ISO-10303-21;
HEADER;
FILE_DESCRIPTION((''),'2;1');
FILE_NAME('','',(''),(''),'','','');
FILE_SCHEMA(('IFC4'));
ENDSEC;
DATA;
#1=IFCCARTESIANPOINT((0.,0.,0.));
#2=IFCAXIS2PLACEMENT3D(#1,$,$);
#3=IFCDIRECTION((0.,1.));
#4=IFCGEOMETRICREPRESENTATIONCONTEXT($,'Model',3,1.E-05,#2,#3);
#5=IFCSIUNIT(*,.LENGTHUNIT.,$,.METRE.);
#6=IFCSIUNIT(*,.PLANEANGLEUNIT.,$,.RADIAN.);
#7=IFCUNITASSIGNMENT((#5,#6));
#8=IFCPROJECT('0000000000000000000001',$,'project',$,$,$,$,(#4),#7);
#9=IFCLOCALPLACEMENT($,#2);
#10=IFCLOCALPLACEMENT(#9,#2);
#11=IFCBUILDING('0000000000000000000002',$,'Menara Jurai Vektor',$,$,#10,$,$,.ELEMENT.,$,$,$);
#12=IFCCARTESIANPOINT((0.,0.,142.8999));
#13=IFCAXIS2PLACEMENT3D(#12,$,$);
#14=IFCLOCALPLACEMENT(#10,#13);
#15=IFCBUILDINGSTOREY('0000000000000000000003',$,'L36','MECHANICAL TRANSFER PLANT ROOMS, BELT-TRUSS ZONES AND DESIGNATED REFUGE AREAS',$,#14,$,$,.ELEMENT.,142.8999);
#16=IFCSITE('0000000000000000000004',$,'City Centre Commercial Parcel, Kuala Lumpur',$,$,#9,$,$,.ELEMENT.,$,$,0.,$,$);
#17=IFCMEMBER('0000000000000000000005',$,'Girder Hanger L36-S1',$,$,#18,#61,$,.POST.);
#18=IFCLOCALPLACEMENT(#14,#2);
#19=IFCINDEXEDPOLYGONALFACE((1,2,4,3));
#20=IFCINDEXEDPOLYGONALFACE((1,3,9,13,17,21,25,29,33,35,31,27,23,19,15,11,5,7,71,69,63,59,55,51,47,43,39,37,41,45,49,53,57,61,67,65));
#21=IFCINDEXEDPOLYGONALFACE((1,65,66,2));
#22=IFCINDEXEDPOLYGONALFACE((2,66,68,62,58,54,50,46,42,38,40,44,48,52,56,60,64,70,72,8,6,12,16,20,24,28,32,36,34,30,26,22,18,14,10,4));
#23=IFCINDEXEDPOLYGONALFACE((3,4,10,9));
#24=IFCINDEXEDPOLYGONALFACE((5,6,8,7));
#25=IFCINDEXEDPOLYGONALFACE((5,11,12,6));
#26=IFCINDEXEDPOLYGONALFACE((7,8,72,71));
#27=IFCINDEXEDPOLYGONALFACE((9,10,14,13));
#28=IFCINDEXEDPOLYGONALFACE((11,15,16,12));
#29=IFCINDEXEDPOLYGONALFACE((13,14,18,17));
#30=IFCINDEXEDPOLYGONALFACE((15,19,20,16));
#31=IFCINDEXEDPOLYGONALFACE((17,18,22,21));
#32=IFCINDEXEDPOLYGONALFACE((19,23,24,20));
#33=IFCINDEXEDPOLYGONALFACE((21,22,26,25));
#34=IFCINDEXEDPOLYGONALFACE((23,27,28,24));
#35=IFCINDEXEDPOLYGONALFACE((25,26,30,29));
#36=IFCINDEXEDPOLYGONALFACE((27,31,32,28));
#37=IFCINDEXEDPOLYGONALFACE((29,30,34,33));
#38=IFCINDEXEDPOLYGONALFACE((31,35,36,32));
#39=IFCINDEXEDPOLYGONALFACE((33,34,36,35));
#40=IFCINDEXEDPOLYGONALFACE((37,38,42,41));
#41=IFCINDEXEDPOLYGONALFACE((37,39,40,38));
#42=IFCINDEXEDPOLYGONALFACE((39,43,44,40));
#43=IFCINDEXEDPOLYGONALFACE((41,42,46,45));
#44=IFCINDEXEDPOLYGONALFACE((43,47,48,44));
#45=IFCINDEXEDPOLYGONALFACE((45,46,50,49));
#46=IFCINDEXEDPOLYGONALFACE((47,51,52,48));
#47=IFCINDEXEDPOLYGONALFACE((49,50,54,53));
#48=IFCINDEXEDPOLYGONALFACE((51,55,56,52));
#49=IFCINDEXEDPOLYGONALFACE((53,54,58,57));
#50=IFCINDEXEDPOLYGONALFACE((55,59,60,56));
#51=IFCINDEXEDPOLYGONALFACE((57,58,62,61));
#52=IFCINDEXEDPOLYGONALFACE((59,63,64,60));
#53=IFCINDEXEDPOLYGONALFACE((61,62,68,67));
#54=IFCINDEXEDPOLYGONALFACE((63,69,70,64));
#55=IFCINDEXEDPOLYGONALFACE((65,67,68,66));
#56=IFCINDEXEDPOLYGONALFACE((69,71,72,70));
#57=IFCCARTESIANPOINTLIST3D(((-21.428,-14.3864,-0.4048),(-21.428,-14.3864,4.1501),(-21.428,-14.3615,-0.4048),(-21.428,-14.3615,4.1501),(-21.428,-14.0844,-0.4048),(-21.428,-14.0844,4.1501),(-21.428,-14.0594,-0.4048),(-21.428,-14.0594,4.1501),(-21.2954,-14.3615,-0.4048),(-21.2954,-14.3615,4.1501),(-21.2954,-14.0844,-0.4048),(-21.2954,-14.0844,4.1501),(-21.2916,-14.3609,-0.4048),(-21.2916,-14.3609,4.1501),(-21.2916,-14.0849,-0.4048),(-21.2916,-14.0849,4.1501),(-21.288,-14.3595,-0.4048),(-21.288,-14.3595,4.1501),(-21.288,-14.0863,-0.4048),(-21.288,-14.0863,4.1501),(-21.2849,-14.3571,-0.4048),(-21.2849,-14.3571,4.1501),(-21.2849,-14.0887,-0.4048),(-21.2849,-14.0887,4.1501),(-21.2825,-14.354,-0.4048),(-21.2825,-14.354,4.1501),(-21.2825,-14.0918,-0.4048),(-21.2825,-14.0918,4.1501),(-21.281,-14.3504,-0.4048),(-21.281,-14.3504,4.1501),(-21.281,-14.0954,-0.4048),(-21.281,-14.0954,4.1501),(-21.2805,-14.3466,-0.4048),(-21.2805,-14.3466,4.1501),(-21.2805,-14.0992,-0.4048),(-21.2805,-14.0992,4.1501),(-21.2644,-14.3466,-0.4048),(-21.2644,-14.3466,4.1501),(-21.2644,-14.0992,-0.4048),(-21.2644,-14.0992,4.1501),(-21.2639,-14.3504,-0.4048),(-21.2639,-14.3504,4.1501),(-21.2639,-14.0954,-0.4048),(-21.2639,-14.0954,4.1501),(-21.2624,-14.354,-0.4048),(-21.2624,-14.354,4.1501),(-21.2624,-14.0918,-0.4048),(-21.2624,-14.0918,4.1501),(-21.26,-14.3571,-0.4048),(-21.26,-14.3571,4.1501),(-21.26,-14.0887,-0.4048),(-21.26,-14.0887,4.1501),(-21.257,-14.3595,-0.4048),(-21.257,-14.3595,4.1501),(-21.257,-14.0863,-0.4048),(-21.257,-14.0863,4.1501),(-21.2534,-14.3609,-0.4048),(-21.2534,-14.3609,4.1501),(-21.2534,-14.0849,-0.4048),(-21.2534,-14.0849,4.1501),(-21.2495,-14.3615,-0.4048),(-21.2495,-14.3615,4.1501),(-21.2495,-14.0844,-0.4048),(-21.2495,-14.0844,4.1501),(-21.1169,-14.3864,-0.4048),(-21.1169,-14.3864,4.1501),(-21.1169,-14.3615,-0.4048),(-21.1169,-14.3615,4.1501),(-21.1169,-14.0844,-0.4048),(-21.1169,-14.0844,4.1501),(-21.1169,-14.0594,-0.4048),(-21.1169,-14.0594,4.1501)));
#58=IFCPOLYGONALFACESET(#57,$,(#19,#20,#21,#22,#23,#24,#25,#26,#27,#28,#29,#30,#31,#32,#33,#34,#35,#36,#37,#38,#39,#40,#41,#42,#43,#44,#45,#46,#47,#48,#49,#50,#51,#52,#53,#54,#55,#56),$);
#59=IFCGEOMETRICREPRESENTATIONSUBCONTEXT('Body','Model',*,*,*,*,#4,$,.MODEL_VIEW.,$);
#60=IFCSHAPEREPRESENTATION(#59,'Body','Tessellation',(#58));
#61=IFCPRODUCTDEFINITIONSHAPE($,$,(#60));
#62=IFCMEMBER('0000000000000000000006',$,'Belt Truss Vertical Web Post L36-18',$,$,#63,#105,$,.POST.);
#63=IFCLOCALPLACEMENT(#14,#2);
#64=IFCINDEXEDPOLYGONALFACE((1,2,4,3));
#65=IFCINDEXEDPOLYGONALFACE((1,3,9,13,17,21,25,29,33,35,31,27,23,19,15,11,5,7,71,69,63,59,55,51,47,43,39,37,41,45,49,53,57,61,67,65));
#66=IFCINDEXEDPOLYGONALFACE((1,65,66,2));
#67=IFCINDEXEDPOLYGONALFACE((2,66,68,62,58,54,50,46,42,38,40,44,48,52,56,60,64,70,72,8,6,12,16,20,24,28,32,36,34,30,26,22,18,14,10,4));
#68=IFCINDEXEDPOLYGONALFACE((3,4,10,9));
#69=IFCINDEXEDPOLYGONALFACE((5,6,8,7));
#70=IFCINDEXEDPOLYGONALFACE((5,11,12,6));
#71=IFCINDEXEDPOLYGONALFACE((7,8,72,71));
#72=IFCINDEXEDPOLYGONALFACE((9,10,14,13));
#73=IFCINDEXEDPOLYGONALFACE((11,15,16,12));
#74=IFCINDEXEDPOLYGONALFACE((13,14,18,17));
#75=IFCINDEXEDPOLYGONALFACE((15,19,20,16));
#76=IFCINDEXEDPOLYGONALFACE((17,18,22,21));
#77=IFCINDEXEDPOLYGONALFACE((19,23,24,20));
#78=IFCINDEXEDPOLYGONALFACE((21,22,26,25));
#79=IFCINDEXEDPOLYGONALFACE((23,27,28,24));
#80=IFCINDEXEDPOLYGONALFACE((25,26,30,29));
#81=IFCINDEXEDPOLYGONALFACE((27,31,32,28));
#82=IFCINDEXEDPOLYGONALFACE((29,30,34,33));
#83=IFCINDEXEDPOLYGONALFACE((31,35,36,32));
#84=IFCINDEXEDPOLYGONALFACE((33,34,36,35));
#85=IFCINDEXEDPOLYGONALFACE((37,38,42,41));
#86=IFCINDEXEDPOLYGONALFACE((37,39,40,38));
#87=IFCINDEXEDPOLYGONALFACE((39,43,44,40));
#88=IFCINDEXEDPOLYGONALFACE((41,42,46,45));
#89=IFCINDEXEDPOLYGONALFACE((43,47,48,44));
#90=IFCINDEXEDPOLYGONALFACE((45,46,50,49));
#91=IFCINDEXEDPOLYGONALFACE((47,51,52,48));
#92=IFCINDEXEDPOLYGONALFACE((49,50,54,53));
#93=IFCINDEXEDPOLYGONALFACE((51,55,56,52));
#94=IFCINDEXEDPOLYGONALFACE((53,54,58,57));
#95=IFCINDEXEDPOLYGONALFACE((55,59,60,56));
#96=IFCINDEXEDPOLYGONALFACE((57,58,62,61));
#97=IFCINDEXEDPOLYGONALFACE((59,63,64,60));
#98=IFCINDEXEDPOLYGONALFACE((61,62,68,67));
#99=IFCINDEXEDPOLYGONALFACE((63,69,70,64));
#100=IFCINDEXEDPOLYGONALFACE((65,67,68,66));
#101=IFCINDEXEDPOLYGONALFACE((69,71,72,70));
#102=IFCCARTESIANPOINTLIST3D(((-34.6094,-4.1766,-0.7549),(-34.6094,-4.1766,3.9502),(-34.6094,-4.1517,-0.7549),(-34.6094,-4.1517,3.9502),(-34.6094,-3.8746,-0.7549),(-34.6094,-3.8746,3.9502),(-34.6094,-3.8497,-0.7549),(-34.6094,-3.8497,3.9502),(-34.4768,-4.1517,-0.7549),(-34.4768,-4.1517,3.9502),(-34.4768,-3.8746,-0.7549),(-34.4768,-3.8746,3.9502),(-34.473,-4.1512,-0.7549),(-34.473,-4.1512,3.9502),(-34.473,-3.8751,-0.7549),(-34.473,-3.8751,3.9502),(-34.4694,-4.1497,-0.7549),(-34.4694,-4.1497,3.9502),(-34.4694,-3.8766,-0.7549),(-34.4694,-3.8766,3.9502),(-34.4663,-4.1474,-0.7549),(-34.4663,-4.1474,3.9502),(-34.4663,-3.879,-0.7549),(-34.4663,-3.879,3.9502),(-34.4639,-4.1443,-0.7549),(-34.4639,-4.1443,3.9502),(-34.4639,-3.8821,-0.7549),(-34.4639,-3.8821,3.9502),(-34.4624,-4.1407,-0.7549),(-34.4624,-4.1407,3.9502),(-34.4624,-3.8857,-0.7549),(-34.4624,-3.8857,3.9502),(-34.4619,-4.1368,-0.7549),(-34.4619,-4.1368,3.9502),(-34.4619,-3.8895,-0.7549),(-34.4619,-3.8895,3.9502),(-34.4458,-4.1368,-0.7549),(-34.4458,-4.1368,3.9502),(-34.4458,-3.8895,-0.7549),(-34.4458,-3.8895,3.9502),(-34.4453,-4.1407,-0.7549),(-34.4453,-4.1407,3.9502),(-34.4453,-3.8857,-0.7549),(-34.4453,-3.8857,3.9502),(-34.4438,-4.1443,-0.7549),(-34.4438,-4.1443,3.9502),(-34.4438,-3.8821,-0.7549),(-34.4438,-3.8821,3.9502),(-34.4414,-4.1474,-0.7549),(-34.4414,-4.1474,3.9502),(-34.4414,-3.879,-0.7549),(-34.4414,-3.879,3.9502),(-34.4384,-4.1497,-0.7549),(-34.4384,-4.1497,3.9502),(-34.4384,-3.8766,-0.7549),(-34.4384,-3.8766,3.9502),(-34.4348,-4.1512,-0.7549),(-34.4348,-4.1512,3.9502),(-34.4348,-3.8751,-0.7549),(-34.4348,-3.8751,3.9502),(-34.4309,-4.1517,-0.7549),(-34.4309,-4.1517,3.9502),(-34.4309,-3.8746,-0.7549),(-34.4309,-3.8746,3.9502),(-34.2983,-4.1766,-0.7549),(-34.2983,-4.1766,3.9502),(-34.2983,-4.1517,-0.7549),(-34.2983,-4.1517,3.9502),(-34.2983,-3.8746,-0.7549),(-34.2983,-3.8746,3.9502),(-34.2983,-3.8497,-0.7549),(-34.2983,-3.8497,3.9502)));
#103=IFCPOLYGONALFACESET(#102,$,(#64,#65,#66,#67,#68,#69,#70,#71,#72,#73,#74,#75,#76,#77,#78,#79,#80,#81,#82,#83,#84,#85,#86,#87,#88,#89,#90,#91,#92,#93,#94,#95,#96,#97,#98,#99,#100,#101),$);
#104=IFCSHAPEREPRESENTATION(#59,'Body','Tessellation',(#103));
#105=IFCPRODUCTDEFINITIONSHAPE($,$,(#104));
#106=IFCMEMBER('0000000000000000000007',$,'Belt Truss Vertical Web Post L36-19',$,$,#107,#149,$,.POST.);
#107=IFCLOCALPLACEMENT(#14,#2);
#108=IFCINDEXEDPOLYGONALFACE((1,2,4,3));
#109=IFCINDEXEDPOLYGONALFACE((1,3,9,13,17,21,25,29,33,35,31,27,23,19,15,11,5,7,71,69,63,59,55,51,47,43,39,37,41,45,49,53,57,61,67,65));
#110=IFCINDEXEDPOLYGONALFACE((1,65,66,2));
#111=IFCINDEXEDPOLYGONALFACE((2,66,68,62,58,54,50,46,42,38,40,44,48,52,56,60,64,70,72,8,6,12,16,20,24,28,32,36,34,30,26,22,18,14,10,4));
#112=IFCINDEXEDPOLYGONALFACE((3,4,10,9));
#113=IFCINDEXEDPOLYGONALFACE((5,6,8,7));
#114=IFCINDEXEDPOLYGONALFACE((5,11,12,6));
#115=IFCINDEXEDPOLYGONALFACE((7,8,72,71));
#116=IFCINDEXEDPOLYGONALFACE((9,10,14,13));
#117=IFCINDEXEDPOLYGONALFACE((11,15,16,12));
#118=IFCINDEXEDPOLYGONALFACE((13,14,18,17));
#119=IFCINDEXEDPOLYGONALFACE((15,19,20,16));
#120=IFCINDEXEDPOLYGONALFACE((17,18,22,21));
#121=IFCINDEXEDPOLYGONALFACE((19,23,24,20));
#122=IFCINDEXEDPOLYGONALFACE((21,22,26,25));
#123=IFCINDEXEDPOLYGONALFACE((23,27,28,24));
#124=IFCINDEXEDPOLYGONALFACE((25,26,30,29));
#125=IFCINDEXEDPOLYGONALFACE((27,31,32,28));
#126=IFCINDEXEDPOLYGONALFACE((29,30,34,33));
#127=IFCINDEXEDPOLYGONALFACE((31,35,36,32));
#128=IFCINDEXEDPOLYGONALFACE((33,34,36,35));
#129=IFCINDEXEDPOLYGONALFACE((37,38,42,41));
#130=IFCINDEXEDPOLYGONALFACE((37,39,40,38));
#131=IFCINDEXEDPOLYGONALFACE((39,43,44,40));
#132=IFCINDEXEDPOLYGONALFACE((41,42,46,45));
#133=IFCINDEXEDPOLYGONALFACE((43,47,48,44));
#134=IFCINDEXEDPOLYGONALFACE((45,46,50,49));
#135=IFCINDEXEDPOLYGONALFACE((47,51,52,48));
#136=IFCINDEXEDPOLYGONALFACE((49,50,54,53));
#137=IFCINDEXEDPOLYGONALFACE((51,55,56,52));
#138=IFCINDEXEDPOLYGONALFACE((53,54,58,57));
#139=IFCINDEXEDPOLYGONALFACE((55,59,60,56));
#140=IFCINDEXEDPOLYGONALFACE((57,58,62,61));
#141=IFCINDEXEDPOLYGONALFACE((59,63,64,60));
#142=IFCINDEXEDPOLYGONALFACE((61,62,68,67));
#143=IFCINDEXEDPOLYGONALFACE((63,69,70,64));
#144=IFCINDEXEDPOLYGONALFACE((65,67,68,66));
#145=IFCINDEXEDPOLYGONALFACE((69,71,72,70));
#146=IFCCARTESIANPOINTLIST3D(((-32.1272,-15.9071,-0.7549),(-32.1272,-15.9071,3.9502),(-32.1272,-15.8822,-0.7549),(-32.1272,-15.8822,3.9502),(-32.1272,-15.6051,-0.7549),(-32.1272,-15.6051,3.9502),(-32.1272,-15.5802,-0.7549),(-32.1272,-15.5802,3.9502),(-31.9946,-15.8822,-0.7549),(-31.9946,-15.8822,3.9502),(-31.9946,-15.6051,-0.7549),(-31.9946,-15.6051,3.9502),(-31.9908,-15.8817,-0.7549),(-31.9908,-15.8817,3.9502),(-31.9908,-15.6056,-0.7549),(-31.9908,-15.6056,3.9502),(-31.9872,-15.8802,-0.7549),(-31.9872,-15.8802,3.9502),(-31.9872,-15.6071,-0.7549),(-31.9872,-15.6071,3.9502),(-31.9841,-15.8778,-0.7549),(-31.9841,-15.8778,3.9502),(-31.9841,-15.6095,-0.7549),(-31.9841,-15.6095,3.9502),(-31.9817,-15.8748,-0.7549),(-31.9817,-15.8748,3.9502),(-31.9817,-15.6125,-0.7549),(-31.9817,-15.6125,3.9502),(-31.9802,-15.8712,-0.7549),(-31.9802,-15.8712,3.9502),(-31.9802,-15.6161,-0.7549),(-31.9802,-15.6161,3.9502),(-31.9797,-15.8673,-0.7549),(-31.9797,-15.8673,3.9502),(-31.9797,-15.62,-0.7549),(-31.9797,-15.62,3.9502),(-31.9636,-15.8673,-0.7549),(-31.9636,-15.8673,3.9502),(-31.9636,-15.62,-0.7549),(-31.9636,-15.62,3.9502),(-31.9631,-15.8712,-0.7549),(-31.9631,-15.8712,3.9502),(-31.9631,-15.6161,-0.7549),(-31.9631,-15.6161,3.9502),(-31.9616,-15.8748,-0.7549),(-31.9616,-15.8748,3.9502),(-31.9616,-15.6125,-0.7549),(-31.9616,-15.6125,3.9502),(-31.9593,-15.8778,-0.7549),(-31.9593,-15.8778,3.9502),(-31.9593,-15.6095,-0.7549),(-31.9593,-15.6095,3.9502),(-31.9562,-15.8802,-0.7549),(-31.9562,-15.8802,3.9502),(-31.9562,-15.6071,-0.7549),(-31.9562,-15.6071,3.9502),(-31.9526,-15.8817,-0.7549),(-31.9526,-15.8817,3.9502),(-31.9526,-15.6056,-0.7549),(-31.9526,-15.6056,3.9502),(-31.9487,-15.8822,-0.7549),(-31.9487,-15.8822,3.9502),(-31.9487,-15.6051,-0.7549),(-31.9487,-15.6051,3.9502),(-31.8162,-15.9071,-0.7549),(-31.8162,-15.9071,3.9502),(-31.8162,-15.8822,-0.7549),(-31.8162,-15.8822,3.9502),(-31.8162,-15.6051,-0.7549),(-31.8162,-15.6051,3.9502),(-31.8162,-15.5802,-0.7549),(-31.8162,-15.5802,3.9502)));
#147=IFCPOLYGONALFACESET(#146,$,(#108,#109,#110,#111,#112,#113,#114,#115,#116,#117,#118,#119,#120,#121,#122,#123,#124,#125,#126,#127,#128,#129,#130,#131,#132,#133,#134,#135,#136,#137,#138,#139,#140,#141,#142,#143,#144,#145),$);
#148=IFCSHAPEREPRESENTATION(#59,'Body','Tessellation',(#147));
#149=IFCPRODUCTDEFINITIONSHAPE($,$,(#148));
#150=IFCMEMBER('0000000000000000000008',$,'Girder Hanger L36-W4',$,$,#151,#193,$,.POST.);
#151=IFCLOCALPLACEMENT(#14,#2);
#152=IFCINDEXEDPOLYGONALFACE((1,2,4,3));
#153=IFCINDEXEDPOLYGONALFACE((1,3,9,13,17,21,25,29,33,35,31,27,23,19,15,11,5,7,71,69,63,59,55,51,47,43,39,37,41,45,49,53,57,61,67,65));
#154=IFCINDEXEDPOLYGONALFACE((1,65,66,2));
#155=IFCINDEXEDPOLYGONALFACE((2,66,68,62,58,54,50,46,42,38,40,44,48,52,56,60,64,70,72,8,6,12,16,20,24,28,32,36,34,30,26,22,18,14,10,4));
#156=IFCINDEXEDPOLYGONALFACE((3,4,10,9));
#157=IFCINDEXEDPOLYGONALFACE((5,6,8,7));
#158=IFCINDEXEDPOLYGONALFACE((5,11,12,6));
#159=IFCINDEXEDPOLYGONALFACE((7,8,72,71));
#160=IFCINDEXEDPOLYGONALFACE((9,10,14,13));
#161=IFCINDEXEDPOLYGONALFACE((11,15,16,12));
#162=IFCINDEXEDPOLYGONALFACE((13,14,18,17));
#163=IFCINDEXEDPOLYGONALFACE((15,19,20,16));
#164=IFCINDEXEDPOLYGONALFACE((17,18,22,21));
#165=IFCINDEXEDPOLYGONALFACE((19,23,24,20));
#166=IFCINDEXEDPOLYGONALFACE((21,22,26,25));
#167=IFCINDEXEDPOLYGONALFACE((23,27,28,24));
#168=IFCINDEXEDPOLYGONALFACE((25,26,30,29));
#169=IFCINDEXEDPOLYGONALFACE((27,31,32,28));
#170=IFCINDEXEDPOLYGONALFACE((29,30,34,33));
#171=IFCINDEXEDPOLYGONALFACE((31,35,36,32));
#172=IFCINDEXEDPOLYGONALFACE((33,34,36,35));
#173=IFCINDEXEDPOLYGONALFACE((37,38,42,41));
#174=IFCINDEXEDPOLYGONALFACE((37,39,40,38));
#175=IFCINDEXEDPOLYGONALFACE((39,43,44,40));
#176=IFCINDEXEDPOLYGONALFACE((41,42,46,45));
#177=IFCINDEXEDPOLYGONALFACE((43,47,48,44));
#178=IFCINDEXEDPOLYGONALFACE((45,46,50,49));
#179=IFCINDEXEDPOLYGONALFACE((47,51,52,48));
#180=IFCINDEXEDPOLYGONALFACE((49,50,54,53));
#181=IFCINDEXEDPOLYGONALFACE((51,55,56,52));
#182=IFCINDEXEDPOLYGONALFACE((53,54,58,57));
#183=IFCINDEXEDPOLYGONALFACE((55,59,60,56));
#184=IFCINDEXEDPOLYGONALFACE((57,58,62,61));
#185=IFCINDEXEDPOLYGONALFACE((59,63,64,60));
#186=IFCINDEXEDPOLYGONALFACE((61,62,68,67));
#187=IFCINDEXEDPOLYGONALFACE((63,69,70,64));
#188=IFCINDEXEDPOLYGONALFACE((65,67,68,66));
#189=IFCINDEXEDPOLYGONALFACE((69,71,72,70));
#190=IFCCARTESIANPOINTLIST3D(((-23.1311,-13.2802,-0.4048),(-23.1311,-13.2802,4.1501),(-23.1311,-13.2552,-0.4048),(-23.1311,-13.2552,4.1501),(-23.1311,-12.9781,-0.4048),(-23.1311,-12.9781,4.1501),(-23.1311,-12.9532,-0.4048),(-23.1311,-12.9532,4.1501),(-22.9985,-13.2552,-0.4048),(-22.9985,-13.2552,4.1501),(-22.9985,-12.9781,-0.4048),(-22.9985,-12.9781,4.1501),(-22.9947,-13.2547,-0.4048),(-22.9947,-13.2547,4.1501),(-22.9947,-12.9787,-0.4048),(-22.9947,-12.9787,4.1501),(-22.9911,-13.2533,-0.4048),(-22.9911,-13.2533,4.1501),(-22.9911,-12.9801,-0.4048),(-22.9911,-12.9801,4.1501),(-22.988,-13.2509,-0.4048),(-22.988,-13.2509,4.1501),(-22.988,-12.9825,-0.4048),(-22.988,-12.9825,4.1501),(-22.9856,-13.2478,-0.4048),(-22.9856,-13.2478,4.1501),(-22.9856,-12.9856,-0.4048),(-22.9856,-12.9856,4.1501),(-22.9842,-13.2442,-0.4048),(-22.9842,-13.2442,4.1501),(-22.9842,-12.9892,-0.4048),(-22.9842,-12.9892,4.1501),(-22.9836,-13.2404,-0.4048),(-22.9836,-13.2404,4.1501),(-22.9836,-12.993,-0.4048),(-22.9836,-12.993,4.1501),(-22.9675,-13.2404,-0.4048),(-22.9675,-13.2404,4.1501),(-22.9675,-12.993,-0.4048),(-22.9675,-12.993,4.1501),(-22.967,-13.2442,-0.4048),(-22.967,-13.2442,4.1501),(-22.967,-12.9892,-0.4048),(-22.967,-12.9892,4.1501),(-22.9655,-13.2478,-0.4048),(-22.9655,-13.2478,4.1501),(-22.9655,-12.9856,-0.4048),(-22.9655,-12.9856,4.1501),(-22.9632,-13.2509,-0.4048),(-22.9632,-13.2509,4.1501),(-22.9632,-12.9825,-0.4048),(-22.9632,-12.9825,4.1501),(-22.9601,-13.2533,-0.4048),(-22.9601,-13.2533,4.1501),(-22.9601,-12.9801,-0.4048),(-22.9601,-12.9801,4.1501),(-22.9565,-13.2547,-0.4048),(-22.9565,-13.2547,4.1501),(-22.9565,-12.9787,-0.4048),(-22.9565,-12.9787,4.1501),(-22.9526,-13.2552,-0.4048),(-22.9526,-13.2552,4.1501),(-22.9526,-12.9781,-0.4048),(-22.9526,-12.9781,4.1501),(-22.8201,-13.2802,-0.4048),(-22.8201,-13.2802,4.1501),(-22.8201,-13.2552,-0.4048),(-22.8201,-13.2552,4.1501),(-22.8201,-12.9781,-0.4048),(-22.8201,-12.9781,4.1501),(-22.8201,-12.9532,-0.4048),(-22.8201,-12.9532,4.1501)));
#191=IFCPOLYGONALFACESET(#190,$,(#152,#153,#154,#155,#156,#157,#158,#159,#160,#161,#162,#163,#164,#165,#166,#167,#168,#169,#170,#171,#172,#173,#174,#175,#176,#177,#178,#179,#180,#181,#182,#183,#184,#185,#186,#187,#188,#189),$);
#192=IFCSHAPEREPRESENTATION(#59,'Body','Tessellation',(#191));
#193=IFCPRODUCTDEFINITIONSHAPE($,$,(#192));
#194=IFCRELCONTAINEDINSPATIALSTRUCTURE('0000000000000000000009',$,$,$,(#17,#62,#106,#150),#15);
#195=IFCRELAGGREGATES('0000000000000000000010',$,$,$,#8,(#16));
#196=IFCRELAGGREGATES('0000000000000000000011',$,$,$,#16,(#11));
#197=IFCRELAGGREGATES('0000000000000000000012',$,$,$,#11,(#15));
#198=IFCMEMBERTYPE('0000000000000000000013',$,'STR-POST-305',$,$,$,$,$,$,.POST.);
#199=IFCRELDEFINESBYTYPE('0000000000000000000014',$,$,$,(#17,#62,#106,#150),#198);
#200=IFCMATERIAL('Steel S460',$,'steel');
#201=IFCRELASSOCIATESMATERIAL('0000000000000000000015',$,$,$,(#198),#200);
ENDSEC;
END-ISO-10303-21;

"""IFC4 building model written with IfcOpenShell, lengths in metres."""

from ifc_helpers import new_model, si_unit, direction, frame, origin, origin_2d, place, context, subcontext, project, spatial, i_section, extrude, material, material_profile, profile_set, type_object, element, save


model = new_model("IFC4")

# Units and contexts
model_context = context("Model", 3, precision=1e-05, world=origin(), true_north=direction((0.0, 1.0)))
body_context = subcontext(model_context, "Body", "Model", "MODEL_VIEW")
ifc_project = project(units=[si_unit("LENGTHUNIT", "METRE"), si_unit("PLANEANGLEUNIT", "RADIAN")], contexts=[model_context])

# Site, building, storey
site_placement = place(None, origin())
site = spatial("IfcSite", under=ifc_project, at=site_placement, Name="City Centre Commercial Parcel, Kuala Lumpur", CompositionType="ELEMENT", RefElevation=0.0)
building_placement = place(site_placement, origin())
building = spatial("IfcBuilding", under=site, at=building_placement, Name="Menara Jurai Vektor", CompositionType="ELEMENT")
storey_placement = place(building_placement, frame((0.0, 0.0, 142.8999)))
storey = spatial("IfcBuildingStorey", under=building, at=storey_placement, Name="L36", Description="MECHANICAL TRANSFER PLANT ROOMS, BELT-TRUSS ZONES AND DESIGNATED REFUGE AREAS", CompositionType="ELEMENT", Elevation=142.8999)

# Shared definitions
ifc_material_1 = material(Name="Steel S460", Category="steel")

# Members
ifc_material_profile_1 = material_profile(ifc_material_1, i_section(OverallWidth=0.311, OverallDepth=0.3269, WebThickness=0.0161, FlangeThickness=0.0249, FilletRadius=0.0149, at=origin_2d()), Name="UKC 305x305x158")
ifc_profile_set_1 = profile_set([ifc_material_profile_1], Name="Steel S460")
member_type_1 = type_object("IfcMemberType", Name="STR-POST-305", PredefinedType="POST", material=ifc_profile_set_1)
member_1_placement = place(storey_placement, frame((-21.2725, -14.2229, -0.4048), z_axis=(0.0, 0.0, 1.0), x_axis=(1.0, 0.0, 0.0)))
element("IfcMember", 1, at=member_1_placement, inside=storey, type_object=member_type_1, Name="Girder Hanger L36-S1", PredefinedType="POST", context=body_context, shape_type="SweptSolid", body=[
    extrude(i_section(OverallWidth=0.311, OverallDepth=0.3269, WebThickness=0.0161, FlangeThickness=0.0249, FilletRadius=0.0149, at=origin_2d()), origin(), (0.0, 0.0, 1.0), 4.5549),
])
for number, where, z_axis, x_axis, name in (
    (2, (-34.4539, -4.0132, -0.7549), (0.0, 0.0, 1.0), (1.0, 0.0, 0.0), "Belt Truss Vertical Web Post L36-18"),
    (3, (-31.9717, -15.7437, -0.7549), (0.0, 0.0, 1.0), (1.0, 0.0, 0.0), "Belt Truss Vertical Web Post L36-19"),
):
    element("IfcMember", number, at=place(storey_placement, frame(where, z_axis=z_axis, x_axis=x_axis)), inside=storey, type_object=member_type_1, Name=name, PredefinedType="POST", context=body_context, shape_type="SweptSolid", body=[
        extrude(i_section(OverallWidth=0.311, OverallDepth=0.3269, WebThickness=0.0161, FlangeThickness=0.0249, FilletRadius=0.0149, at=origin_2d()), origin(), (0.0, 0.0, 1.0), 4.7051),
    ])
member_2_placement = place(storey_placement, frame((-22.9756, -13.1167, -0.4048), z_axis=(0.0, 0.0, 1.0), x_axis=(1.0, 0.0, 0.0)))
element("IfcMember", 4, at=member_2_placement, inside=storey, type_object=member_type_1, Name="Girder Hanger L36-W4", PredefinedType="POST", context=body_context, shape_type="SweptSolid", body=[
    extrude(i_section(OverallWidth=0.311, OverallDepth=0.3269, WebThickness=0.0161, FlangeThickness=0.0249, FilletRadius=0.0149, at=origin_2d()), origin(), (0.0, 0.0, 1.0), 4.5549),
])

save(model, "model.ifc")
